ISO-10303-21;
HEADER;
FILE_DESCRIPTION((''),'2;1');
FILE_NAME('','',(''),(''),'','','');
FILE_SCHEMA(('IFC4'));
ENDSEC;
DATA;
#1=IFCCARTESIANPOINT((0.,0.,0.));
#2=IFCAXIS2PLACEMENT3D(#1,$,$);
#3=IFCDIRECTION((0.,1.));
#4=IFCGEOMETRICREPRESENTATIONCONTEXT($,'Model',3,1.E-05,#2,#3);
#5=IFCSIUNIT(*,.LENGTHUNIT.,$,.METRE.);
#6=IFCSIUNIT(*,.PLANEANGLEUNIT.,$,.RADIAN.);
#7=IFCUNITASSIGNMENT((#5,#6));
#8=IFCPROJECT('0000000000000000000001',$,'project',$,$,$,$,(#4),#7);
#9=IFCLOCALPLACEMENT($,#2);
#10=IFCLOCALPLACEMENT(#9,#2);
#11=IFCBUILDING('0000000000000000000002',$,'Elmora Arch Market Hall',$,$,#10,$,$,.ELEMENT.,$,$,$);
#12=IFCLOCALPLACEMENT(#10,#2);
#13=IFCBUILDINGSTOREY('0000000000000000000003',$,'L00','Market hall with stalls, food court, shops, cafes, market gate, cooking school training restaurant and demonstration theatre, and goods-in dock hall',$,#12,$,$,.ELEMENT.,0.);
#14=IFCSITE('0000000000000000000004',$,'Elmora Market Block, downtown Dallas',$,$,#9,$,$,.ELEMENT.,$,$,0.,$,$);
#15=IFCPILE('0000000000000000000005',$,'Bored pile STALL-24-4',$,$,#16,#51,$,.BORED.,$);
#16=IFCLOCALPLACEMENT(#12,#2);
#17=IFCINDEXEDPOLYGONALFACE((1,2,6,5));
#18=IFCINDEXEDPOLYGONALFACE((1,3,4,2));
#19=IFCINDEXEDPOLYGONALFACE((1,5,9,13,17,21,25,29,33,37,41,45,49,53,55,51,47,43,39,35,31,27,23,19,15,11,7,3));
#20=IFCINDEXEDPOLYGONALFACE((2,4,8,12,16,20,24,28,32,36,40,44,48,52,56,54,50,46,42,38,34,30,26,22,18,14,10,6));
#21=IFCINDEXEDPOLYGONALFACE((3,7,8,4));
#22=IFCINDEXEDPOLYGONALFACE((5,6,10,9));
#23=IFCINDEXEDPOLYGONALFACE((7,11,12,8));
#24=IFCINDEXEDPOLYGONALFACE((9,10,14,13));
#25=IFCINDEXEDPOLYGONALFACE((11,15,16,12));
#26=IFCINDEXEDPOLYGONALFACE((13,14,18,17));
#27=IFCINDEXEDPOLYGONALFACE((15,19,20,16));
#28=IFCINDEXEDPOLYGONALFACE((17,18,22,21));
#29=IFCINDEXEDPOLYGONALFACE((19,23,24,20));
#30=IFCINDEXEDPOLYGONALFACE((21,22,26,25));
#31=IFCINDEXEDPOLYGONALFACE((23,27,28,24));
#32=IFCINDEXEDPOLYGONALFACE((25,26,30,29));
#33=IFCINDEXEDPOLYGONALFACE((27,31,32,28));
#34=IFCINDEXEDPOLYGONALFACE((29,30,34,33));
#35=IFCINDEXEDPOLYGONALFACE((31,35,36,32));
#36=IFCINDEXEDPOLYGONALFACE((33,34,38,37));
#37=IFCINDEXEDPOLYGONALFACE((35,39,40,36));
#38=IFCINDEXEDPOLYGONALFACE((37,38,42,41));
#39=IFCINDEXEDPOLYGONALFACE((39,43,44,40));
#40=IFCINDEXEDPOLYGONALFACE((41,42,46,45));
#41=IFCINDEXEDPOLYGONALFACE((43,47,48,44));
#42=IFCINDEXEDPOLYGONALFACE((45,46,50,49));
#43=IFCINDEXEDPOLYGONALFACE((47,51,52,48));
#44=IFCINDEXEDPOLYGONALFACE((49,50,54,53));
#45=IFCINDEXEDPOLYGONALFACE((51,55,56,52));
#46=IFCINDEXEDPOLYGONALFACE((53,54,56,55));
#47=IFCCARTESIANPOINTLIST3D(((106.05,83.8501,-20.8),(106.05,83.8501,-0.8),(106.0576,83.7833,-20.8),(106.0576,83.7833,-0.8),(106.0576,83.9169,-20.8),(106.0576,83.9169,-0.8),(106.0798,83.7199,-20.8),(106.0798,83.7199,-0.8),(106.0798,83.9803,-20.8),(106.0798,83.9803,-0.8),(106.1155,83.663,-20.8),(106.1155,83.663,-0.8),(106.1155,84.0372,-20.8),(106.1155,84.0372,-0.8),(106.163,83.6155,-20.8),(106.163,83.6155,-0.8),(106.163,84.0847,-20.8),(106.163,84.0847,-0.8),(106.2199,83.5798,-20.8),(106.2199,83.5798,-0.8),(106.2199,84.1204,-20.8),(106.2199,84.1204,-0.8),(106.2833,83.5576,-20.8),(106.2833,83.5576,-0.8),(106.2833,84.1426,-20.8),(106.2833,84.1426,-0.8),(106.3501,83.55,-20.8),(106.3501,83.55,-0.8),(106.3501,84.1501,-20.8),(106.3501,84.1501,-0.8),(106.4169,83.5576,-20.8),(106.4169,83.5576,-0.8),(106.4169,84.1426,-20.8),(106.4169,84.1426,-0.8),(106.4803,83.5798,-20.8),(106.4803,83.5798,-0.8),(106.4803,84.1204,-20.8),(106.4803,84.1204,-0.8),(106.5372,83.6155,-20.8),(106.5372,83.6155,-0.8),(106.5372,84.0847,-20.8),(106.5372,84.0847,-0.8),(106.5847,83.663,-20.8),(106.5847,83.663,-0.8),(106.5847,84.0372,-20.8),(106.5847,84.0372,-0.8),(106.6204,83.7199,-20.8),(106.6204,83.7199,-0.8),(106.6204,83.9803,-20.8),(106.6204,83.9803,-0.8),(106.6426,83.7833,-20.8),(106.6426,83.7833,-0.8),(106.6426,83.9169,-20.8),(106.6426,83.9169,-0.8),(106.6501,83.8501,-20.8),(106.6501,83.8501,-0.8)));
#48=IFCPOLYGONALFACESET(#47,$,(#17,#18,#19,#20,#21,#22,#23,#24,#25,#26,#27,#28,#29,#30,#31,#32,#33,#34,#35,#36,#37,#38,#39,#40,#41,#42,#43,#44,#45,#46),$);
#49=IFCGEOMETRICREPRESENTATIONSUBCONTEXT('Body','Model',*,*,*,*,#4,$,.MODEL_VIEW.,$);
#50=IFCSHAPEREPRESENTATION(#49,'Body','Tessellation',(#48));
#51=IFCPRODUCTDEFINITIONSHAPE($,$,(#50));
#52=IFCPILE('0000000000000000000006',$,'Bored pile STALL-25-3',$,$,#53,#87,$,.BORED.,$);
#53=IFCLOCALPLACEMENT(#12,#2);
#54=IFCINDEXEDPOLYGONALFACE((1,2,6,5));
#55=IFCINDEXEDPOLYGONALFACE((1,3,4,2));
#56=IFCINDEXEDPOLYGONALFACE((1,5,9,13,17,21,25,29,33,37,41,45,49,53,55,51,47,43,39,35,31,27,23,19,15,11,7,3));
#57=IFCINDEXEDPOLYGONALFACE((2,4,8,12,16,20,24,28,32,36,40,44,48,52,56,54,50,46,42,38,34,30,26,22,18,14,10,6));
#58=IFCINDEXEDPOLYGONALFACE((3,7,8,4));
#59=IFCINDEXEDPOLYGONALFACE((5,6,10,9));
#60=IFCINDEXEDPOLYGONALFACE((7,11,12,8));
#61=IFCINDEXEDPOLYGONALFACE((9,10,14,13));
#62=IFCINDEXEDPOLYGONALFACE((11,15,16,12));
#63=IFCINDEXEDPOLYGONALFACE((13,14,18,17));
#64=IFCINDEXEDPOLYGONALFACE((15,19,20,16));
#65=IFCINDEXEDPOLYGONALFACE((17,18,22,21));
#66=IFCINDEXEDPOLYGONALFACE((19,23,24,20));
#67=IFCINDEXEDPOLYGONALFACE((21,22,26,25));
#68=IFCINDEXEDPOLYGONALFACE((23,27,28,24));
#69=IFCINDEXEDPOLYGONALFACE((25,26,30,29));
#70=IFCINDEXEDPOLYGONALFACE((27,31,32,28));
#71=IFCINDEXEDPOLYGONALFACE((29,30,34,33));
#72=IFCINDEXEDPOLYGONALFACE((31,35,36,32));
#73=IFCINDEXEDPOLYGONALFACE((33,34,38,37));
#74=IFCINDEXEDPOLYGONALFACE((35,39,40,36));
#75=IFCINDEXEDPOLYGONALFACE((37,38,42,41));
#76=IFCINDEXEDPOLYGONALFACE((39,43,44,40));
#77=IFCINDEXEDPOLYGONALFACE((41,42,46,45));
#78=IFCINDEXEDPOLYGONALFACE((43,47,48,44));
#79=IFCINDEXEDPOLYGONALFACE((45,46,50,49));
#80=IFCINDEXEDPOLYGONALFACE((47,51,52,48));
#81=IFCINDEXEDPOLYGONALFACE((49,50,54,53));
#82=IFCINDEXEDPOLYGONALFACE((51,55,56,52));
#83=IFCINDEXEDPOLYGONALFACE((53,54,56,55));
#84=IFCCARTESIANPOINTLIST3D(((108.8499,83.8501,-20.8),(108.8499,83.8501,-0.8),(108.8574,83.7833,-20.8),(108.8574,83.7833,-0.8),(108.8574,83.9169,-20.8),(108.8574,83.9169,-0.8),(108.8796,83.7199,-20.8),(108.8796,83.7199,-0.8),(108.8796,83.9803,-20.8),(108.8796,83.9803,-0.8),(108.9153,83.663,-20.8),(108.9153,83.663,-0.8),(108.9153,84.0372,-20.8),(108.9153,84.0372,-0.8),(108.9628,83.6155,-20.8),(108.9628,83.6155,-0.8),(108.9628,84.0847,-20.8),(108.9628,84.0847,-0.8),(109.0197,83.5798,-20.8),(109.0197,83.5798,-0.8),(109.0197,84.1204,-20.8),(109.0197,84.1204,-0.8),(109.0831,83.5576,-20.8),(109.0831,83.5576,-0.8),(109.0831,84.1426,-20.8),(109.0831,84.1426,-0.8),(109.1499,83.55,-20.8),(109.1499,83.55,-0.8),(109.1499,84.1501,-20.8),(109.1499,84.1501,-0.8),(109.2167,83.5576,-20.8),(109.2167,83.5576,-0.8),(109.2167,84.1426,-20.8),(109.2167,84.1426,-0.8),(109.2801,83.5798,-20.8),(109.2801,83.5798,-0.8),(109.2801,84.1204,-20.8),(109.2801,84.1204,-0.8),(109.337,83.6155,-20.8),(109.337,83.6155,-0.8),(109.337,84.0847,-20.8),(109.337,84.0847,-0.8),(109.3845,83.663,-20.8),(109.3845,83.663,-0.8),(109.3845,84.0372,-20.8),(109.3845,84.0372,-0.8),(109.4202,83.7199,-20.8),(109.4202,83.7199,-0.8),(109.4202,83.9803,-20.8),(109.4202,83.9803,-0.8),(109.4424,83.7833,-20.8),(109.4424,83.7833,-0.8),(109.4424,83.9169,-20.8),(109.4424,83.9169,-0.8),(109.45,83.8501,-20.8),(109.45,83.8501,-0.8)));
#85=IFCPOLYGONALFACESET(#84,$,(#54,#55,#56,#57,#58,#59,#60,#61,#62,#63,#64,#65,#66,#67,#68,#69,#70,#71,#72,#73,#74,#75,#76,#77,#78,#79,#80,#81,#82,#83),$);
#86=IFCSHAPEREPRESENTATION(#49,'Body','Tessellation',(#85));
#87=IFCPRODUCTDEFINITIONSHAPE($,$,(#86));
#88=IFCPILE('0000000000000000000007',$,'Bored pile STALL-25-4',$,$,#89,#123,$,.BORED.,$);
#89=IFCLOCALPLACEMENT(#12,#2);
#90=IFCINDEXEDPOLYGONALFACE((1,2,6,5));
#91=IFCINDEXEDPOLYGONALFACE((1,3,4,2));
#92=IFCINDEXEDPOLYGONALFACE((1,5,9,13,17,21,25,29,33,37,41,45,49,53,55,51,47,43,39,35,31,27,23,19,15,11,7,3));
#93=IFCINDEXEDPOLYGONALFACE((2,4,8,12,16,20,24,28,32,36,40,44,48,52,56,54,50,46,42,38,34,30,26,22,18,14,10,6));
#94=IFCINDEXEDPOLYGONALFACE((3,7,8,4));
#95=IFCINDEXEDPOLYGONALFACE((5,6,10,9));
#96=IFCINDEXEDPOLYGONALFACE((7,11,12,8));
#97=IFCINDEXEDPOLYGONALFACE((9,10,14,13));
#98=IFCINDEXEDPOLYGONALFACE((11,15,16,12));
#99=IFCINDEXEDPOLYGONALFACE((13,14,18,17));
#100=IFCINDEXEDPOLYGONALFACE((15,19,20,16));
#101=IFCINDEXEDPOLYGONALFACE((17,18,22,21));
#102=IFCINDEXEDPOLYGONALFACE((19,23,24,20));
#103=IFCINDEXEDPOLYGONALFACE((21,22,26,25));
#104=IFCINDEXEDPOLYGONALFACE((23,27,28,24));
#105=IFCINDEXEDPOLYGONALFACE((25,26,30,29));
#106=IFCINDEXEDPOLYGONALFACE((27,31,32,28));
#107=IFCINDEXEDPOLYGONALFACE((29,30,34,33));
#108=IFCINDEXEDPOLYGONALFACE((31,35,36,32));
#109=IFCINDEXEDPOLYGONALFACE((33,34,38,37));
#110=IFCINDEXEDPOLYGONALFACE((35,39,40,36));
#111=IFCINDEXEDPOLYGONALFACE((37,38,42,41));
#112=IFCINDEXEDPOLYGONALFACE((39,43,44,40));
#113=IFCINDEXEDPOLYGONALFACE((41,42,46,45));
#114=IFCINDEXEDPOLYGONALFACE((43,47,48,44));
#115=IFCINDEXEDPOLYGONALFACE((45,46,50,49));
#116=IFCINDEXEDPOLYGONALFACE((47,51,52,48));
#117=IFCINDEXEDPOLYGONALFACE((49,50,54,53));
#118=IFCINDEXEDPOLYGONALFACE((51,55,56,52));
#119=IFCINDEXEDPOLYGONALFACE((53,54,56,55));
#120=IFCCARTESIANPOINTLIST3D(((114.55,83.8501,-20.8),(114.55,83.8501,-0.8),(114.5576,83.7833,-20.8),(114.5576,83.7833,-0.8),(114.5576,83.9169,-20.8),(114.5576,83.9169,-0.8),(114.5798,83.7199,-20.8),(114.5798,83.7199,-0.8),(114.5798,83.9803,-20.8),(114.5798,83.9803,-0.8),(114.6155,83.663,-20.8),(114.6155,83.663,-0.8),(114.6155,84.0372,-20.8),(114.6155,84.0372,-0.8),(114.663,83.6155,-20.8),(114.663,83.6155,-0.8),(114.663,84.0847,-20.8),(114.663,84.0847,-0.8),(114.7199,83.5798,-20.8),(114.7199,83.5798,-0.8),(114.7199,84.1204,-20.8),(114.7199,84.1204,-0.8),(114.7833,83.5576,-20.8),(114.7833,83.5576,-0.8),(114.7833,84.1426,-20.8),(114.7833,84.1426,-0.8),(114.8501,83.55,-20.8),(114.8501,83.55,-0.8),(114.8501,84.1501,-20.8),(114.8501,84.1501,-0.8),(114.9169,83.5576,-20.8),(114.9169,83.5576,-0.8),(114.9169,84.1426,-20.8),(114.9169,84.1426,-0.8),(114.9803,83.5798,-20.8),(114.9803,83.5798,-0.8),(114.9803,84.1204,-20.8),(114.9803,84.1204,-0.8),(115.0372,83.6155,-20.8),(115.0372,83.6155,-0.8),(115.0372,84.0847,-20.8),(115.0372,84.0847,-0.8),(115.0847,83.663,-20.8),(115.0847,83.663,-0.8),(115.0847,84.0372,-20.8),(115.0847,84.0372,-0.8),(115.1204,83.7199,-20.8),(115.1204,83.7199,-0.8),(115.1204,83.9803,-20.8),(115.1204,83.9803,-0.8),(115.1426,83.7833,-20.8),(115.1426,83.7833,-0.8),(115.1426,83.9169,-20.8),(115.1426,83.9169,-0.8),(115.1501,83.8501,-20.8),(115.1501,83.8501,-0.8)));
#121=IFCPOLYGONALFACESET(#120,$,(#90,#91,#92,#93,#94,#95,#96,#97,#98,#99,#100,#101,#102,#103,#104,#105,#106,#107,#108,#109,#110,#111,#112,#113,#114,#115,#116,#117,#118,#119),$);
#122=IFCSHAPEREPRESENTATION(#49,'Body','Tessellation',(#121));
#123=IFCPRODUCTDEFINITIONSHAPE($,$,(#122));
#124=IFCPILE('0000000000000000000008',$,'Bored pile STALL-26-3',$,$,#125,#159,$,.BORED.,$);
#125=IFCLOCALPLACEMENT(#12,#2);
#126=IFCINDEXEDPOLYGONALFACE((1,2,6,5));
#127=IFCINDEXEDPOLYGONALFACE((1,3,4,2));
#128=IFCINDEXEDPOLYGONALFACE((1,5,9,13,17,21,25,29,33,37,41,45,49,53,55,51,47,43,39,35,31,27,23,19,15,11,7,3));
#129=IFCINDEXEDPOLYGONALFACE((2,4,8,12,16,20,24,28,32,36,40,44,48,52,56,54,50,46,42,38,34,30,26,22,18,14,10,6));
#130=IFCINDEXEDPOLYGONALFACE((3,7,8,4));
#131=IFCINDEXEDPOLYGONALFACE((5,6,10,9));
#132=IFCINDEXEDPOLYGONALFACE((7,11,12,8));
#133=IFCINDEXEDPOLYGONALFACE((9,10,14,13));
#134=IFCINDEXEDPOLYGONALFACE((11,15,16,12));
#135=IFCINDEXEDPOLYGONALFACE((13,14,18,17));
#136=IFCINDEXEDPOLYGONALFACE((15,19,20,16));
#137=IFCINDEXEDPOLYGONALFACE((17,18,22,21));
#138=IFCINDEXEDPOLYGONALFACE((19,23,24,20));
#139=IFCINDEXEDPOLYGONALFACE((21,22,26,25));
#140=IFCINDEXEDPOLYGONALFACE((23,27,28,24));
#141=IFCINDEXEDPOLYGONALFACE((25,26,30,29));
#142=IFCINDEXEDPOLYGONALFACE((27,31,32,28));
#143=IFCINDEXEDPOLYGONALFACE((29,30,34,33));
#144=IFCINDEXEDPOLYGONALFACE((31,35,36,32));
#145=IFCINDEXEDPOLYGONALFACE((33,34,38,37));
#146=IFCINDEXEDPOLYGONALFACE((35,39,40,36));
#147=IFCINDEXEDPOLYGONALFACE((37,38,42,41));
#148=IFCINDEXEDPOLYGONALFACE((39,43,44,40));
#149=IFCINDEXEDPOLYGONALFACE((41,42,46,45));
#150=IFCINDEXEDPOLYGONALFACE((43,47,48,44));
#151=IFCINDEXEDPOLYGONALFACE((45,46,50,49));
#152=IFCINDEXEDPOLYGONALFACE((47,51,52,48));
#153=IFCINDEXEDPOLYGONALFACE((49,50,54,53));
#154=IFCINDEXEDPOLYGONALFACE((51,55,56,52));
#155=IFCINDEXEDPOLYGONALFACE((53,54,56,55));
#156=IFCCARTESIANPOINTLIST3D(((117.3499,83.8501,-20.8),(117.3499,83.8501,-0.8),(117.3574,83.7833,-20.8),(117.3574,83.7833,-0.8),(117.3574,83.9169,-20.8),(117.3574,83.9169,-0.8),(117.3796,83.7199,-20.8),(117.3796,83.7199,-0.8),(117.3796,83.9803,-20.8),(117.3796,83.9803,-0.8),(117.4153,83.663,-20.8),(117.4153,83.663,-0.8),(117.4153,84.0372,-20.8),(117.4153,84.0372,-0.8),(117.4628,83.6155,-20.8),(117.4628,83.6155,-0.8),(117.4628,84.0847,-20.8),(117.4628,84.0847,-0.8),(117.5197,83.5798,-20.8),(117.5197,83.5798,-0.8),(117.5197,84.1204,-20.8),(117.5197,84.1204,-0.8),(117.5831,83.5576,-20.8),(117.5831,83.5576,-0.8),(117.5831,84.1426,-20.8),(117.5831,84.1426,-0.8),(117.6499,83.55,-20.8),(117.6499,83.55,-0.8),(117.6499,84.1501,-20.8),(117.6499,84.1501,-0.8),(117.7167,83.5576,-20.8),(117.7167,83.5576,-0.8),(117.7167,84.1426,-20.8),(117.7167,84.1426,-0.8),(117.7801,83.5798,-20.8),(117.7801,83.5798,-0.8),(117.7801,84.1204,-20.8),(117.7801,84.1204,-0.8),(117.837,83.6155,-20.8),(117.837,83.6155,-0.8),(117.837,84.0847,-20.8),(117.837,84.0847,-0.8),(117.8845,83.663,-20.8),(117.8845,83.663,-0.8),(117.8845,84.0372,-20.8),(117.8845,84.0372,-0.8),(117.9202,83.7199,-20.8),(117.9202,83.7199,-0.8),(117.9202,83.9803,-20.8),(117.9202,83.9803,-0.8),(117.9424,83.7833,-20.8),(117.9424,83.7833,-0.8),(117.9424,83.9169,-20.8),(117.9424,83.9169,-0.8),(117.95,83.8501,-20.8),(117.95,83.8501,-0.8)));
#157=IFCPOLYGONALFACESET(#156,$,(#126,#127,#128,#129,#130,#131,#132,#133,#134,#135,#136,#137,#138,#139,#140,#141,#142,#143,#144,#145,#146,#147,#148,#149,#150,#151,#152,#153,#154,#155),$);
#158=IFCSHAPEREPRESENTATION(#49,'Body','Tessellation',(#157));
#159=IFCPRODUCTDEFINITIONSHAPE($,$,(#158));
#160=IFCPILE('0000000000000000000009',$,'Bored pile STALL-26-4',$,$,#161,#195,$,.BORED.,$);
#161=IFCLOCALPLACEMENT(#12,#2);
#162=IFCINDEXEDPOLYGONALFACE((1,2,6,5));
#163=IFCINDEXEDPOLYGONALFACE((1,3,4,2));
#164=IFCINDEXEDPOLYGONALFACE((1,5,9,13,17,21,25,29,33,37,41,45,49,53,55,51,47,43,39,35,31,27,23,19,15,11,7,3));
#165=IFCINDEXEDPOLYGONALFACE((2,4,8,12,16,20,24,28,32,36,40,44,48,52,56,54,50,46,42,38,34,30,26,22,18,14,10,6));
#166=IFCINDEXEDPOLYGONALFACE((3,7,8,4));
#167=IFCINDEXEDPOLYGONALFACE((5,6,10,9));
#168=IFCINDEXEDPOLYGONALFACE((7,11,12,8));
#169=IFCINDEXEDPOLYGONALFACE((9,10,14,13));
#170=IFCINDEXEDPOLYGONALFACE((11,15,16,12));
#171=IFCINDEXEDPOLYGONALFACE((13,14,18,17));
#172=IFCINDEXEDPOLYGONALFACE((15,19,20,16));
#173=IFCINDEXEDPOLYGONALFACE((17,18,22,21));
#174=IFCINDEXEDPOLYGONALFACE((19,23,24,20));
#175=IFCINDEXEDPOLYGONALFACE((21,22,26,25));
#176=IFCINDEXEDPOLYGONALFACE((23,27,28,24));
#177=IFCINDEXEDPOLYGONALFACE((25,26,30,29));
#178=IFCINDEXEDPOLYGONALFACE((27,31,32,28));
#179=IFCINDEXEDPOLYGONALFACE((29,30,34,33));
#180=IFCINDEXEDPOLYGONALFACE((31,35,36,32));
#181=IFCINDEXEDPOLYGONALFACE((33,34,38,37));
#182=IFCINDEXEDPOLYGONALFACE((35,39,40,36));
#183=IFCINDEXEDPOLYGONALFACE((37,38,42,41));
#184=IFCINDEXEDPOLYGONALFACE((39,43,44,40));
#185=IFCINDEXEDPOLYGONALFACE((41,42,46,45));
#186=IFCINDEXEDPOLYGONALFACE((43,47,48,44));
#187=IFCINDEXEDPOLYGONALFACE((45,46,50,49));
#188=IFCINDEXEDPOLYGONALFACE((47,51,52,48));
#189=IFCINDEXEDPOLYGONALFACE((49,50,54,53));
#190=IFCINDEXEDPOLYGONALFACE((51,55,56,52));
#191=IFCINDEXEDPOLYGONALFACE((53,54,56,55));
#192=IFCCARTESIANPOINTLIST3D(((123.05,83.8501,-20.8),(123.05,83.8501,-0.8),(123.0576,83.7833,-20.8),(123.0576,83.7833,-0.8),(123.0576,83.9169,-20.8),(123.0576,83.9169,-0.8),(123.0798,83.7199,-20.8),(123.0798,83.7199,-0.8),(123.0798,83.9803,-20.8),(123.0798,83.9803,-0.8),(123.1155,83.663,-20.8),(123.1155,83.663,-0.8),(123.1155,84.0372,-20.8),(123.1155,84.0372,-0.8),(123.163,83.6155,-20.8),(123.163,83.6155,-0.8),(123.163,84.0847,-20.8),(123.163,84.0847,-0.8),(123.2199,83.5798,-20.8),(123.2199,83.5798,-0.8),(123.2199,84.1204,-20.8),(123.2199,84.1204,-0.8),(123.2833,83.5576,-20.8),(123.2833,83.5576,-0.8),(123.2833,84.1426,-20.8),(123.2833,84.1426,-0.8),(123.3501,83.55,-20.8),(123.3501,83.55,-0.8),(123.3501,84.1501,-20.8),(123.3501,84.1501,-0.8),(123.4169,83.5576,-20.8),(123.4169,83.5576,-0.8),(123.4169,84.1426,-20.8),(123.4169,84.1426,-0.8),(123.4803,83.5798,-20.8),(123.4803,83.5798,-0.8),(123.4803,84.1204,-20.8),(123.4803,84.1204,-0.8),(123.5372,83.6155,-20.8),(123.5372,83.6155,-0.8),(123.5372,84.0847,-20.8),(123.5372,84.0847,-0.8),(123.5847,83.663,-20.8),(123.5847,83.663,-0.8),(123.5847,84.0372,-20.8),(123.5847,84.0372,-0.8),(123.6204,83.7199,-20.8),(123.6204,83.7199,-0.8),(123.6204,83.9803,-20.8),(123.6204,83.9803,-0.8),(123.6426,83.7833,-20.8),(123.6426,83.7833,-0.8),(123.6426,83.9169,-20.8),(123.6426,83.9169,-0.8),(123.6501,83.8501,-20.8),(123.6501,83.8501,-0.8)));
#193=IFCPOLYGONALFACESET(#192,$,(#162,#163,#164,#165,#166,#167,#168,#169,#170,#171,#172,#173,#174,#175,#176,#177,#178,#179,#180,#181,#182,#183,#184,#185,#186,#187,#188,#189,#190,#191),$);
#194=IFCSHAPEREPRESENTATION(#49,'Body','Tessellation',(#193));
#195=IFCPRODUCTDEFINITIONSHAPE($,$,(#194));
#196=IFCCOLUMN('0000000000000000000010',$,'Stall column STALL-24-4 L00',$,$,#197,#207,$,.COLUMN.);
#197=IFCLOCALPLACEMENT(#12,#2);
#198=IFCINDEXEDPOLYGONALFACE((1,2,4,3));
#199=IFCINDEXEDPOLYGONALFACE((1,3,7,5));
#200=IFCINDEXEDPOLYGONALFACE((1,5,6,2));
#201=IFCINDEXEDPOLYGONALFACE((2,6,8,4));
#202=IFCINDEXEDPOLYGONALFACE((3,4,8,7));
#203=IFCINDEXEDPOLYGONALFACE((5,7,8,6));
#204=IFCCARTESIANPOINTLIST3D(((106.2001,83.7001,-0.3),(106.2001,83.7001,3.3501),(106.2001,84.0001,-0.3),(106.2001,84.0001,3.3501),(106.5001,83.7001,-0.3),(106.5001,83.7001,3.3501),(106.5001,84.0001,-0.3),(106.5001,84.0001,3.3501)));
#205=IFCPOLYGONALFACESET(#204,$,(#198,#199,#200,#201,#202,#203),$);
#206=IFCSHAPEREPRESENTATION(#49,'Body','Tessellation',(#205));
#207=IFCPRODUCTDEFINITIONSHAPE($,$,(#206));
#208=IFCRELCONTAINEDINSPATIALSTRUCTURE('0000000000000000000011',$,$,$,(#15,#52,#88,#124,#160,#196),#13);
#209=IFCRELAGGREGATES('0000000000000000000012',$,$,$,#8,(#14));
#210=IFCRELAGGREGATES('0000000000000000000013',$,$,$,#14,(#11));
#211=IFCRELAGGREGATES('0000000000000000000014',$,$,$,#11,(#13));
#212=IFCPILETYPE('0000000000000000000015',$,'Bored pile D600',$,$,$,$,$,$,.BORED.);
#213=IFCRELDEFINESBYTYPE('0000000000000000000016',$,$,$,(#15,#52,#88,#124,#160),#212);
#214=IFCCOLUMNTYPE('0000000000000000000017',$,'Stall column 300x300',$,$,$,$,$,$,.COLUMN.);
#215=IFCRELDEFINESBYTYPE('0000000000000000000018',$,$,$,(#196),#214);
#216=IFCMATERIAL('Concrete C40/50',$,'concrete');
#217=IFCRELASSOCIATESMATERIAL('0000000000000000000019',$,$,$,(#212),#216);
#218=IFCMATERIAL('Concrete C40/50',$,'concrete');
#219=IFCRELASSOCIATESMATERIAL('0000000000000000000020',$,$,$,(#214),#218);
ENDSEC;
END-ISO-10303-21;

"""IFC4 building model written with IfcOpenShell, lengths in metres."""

from ifc_helpers import new_model, si_unit, direction, frame, origin, origin_2d, place, context, subcontext, project, spatial, rectangle, circle, extrude, material, material_profile, profile_set, type_object, element, save


model = new_model("IFC4")

# Units and contexts
model_context = context("Model", 3, precision=1e-05, world=origin(), true_north=direction((0.0, 1.0)))
body_context = subcontext(model_context, "Body", "Model", "MODEL_VIEW")
ifc_project = project(units=[si_unit("LENGTHUNIT", "METRE"), si_unit("PLANEANGLEUNIT", "RADIAN")], contexts=[model_context])

# Site, building, storey
site_placement = place(None, origin())
site = spatial("IfcSite", under=ifc_project, at=site_placement, Name="Elmora Market Block, downtown Dallas", CompositionType="ELEMENT", RefElevation=0.0)
building_placement = place(site_placement, origin())
building = spatial("IfcBuilding", under=site, at=building_placement, Name="Elmora Arch Market Hall", CompositionType="ELEMENT")
storey_placement = place(building_placement, origin())
storey = spatial("IfcBuildingStorey", under=building, at=storey_placement, Name="L00", Description="Market hall with stalls, food court, shops, cafes, market gate, cooking school training restaurant and demonstration theatre, and goods-in dock hall", CompositionType="ELEMENT", Elevation=0.0)

# Piles
ifc_material_1 = material(Name="Concrete C40/50", Category="concrete")
ifc_material_profile_1 = material_profile(ifc_material_1, circle(Radius=0.3, at=origin_2d()), Name="Bored pile D600")
ifc_profile_set_1 = profile_set([ifc_material_profile_1], Name="Concrete C40/50")
pile_type = type_object("IfcPileType", Name="Bored pile D600", PredefinedType="BORED", material=ifc_profile_set_1)
for number, where, z_axis, x_axis, name in (
    (1, (106.3501, 83.8501, -0.8), (0.0, 0.0, -1.0), (1.0, 0.0, 0.0), "Bored pile STALL-24-4"),
    (2, (109.1499, 83.8501, -0.8), (0.0, 0.0, -1.0), (1.0, 0.0, 0.0), "Bored pile STALL-25-3"),
    (3, (114.8501, 83.8501, -0.8), (0.0, 0.0, -1.0), (1.0, 0.0, 0.0), "Bored pile STALL-25-4"),
    (4, (117.6499, 83.8501, -0.8), (0.0, 0.0, -1.0), (1.0, 0.0, 0.0), "Bored pile STALL-26-3"),
    (5, (123.3501, 83.8501, -0.8), (0.0, 0.0, -1.0), (1.0, 0.0, 0.0), "Bored pile STALL-26-4"),
):
    element("IfcPile", number, at=place(storey_placement, frame(where, z_axis=z_axis, x_axis=x_axis)), inside=storey, type_object=pile_type, Name=name, PredefinedType="BORED", context=body_context, shape_type="SweptSolid", body=[
        extrude(circle(Radius=0.3, at=origin_2d()), origin(), (0.0, 0.0, 1.0), 20.0),
    ])

# Column
ifc_material_2 = material(Name="Concrete C40/50", Category="concrete")
ifc_material_profile_2 = material_profile(ifc_material_2, rectangle(XDim=0.3, YDim=0.3, at=origin_2d()), Name="Stall column 300x300")
ifc_profile_set_2 = profile_set([ifc_material_profile_2], Name="Concrete C40/50")
column_type = type_object("IfcColumnType", Name="Stall column 300x300", PredefinedType="COLUMN", material=ifc_profile_set_2)
for number, where, z_axis, x_axis, name in (
    (6, (106.3501, 83.8501, -0.3), (0.0, 0.0, 1.0), (1.0, 0.0, 0.0), "Stall column STALL-24-4 L00"),
):
    element("IfcColumn", number, at=place(storey_placement, frame(where, z_axis=z_axis, x_axis=x_axis)), inside=storey, type_object=column_type, Name=name, PredefinedType="COLUMN", context=body_context, shape_type="SweptSolid", body=[
        extrude(rectangle(XDim=0.3, YDim=0.3, at=origin_2d()), origin(), (0.0, 0.0, 1.0), 3.6501),
    ])

save(model, "model.ifc")
